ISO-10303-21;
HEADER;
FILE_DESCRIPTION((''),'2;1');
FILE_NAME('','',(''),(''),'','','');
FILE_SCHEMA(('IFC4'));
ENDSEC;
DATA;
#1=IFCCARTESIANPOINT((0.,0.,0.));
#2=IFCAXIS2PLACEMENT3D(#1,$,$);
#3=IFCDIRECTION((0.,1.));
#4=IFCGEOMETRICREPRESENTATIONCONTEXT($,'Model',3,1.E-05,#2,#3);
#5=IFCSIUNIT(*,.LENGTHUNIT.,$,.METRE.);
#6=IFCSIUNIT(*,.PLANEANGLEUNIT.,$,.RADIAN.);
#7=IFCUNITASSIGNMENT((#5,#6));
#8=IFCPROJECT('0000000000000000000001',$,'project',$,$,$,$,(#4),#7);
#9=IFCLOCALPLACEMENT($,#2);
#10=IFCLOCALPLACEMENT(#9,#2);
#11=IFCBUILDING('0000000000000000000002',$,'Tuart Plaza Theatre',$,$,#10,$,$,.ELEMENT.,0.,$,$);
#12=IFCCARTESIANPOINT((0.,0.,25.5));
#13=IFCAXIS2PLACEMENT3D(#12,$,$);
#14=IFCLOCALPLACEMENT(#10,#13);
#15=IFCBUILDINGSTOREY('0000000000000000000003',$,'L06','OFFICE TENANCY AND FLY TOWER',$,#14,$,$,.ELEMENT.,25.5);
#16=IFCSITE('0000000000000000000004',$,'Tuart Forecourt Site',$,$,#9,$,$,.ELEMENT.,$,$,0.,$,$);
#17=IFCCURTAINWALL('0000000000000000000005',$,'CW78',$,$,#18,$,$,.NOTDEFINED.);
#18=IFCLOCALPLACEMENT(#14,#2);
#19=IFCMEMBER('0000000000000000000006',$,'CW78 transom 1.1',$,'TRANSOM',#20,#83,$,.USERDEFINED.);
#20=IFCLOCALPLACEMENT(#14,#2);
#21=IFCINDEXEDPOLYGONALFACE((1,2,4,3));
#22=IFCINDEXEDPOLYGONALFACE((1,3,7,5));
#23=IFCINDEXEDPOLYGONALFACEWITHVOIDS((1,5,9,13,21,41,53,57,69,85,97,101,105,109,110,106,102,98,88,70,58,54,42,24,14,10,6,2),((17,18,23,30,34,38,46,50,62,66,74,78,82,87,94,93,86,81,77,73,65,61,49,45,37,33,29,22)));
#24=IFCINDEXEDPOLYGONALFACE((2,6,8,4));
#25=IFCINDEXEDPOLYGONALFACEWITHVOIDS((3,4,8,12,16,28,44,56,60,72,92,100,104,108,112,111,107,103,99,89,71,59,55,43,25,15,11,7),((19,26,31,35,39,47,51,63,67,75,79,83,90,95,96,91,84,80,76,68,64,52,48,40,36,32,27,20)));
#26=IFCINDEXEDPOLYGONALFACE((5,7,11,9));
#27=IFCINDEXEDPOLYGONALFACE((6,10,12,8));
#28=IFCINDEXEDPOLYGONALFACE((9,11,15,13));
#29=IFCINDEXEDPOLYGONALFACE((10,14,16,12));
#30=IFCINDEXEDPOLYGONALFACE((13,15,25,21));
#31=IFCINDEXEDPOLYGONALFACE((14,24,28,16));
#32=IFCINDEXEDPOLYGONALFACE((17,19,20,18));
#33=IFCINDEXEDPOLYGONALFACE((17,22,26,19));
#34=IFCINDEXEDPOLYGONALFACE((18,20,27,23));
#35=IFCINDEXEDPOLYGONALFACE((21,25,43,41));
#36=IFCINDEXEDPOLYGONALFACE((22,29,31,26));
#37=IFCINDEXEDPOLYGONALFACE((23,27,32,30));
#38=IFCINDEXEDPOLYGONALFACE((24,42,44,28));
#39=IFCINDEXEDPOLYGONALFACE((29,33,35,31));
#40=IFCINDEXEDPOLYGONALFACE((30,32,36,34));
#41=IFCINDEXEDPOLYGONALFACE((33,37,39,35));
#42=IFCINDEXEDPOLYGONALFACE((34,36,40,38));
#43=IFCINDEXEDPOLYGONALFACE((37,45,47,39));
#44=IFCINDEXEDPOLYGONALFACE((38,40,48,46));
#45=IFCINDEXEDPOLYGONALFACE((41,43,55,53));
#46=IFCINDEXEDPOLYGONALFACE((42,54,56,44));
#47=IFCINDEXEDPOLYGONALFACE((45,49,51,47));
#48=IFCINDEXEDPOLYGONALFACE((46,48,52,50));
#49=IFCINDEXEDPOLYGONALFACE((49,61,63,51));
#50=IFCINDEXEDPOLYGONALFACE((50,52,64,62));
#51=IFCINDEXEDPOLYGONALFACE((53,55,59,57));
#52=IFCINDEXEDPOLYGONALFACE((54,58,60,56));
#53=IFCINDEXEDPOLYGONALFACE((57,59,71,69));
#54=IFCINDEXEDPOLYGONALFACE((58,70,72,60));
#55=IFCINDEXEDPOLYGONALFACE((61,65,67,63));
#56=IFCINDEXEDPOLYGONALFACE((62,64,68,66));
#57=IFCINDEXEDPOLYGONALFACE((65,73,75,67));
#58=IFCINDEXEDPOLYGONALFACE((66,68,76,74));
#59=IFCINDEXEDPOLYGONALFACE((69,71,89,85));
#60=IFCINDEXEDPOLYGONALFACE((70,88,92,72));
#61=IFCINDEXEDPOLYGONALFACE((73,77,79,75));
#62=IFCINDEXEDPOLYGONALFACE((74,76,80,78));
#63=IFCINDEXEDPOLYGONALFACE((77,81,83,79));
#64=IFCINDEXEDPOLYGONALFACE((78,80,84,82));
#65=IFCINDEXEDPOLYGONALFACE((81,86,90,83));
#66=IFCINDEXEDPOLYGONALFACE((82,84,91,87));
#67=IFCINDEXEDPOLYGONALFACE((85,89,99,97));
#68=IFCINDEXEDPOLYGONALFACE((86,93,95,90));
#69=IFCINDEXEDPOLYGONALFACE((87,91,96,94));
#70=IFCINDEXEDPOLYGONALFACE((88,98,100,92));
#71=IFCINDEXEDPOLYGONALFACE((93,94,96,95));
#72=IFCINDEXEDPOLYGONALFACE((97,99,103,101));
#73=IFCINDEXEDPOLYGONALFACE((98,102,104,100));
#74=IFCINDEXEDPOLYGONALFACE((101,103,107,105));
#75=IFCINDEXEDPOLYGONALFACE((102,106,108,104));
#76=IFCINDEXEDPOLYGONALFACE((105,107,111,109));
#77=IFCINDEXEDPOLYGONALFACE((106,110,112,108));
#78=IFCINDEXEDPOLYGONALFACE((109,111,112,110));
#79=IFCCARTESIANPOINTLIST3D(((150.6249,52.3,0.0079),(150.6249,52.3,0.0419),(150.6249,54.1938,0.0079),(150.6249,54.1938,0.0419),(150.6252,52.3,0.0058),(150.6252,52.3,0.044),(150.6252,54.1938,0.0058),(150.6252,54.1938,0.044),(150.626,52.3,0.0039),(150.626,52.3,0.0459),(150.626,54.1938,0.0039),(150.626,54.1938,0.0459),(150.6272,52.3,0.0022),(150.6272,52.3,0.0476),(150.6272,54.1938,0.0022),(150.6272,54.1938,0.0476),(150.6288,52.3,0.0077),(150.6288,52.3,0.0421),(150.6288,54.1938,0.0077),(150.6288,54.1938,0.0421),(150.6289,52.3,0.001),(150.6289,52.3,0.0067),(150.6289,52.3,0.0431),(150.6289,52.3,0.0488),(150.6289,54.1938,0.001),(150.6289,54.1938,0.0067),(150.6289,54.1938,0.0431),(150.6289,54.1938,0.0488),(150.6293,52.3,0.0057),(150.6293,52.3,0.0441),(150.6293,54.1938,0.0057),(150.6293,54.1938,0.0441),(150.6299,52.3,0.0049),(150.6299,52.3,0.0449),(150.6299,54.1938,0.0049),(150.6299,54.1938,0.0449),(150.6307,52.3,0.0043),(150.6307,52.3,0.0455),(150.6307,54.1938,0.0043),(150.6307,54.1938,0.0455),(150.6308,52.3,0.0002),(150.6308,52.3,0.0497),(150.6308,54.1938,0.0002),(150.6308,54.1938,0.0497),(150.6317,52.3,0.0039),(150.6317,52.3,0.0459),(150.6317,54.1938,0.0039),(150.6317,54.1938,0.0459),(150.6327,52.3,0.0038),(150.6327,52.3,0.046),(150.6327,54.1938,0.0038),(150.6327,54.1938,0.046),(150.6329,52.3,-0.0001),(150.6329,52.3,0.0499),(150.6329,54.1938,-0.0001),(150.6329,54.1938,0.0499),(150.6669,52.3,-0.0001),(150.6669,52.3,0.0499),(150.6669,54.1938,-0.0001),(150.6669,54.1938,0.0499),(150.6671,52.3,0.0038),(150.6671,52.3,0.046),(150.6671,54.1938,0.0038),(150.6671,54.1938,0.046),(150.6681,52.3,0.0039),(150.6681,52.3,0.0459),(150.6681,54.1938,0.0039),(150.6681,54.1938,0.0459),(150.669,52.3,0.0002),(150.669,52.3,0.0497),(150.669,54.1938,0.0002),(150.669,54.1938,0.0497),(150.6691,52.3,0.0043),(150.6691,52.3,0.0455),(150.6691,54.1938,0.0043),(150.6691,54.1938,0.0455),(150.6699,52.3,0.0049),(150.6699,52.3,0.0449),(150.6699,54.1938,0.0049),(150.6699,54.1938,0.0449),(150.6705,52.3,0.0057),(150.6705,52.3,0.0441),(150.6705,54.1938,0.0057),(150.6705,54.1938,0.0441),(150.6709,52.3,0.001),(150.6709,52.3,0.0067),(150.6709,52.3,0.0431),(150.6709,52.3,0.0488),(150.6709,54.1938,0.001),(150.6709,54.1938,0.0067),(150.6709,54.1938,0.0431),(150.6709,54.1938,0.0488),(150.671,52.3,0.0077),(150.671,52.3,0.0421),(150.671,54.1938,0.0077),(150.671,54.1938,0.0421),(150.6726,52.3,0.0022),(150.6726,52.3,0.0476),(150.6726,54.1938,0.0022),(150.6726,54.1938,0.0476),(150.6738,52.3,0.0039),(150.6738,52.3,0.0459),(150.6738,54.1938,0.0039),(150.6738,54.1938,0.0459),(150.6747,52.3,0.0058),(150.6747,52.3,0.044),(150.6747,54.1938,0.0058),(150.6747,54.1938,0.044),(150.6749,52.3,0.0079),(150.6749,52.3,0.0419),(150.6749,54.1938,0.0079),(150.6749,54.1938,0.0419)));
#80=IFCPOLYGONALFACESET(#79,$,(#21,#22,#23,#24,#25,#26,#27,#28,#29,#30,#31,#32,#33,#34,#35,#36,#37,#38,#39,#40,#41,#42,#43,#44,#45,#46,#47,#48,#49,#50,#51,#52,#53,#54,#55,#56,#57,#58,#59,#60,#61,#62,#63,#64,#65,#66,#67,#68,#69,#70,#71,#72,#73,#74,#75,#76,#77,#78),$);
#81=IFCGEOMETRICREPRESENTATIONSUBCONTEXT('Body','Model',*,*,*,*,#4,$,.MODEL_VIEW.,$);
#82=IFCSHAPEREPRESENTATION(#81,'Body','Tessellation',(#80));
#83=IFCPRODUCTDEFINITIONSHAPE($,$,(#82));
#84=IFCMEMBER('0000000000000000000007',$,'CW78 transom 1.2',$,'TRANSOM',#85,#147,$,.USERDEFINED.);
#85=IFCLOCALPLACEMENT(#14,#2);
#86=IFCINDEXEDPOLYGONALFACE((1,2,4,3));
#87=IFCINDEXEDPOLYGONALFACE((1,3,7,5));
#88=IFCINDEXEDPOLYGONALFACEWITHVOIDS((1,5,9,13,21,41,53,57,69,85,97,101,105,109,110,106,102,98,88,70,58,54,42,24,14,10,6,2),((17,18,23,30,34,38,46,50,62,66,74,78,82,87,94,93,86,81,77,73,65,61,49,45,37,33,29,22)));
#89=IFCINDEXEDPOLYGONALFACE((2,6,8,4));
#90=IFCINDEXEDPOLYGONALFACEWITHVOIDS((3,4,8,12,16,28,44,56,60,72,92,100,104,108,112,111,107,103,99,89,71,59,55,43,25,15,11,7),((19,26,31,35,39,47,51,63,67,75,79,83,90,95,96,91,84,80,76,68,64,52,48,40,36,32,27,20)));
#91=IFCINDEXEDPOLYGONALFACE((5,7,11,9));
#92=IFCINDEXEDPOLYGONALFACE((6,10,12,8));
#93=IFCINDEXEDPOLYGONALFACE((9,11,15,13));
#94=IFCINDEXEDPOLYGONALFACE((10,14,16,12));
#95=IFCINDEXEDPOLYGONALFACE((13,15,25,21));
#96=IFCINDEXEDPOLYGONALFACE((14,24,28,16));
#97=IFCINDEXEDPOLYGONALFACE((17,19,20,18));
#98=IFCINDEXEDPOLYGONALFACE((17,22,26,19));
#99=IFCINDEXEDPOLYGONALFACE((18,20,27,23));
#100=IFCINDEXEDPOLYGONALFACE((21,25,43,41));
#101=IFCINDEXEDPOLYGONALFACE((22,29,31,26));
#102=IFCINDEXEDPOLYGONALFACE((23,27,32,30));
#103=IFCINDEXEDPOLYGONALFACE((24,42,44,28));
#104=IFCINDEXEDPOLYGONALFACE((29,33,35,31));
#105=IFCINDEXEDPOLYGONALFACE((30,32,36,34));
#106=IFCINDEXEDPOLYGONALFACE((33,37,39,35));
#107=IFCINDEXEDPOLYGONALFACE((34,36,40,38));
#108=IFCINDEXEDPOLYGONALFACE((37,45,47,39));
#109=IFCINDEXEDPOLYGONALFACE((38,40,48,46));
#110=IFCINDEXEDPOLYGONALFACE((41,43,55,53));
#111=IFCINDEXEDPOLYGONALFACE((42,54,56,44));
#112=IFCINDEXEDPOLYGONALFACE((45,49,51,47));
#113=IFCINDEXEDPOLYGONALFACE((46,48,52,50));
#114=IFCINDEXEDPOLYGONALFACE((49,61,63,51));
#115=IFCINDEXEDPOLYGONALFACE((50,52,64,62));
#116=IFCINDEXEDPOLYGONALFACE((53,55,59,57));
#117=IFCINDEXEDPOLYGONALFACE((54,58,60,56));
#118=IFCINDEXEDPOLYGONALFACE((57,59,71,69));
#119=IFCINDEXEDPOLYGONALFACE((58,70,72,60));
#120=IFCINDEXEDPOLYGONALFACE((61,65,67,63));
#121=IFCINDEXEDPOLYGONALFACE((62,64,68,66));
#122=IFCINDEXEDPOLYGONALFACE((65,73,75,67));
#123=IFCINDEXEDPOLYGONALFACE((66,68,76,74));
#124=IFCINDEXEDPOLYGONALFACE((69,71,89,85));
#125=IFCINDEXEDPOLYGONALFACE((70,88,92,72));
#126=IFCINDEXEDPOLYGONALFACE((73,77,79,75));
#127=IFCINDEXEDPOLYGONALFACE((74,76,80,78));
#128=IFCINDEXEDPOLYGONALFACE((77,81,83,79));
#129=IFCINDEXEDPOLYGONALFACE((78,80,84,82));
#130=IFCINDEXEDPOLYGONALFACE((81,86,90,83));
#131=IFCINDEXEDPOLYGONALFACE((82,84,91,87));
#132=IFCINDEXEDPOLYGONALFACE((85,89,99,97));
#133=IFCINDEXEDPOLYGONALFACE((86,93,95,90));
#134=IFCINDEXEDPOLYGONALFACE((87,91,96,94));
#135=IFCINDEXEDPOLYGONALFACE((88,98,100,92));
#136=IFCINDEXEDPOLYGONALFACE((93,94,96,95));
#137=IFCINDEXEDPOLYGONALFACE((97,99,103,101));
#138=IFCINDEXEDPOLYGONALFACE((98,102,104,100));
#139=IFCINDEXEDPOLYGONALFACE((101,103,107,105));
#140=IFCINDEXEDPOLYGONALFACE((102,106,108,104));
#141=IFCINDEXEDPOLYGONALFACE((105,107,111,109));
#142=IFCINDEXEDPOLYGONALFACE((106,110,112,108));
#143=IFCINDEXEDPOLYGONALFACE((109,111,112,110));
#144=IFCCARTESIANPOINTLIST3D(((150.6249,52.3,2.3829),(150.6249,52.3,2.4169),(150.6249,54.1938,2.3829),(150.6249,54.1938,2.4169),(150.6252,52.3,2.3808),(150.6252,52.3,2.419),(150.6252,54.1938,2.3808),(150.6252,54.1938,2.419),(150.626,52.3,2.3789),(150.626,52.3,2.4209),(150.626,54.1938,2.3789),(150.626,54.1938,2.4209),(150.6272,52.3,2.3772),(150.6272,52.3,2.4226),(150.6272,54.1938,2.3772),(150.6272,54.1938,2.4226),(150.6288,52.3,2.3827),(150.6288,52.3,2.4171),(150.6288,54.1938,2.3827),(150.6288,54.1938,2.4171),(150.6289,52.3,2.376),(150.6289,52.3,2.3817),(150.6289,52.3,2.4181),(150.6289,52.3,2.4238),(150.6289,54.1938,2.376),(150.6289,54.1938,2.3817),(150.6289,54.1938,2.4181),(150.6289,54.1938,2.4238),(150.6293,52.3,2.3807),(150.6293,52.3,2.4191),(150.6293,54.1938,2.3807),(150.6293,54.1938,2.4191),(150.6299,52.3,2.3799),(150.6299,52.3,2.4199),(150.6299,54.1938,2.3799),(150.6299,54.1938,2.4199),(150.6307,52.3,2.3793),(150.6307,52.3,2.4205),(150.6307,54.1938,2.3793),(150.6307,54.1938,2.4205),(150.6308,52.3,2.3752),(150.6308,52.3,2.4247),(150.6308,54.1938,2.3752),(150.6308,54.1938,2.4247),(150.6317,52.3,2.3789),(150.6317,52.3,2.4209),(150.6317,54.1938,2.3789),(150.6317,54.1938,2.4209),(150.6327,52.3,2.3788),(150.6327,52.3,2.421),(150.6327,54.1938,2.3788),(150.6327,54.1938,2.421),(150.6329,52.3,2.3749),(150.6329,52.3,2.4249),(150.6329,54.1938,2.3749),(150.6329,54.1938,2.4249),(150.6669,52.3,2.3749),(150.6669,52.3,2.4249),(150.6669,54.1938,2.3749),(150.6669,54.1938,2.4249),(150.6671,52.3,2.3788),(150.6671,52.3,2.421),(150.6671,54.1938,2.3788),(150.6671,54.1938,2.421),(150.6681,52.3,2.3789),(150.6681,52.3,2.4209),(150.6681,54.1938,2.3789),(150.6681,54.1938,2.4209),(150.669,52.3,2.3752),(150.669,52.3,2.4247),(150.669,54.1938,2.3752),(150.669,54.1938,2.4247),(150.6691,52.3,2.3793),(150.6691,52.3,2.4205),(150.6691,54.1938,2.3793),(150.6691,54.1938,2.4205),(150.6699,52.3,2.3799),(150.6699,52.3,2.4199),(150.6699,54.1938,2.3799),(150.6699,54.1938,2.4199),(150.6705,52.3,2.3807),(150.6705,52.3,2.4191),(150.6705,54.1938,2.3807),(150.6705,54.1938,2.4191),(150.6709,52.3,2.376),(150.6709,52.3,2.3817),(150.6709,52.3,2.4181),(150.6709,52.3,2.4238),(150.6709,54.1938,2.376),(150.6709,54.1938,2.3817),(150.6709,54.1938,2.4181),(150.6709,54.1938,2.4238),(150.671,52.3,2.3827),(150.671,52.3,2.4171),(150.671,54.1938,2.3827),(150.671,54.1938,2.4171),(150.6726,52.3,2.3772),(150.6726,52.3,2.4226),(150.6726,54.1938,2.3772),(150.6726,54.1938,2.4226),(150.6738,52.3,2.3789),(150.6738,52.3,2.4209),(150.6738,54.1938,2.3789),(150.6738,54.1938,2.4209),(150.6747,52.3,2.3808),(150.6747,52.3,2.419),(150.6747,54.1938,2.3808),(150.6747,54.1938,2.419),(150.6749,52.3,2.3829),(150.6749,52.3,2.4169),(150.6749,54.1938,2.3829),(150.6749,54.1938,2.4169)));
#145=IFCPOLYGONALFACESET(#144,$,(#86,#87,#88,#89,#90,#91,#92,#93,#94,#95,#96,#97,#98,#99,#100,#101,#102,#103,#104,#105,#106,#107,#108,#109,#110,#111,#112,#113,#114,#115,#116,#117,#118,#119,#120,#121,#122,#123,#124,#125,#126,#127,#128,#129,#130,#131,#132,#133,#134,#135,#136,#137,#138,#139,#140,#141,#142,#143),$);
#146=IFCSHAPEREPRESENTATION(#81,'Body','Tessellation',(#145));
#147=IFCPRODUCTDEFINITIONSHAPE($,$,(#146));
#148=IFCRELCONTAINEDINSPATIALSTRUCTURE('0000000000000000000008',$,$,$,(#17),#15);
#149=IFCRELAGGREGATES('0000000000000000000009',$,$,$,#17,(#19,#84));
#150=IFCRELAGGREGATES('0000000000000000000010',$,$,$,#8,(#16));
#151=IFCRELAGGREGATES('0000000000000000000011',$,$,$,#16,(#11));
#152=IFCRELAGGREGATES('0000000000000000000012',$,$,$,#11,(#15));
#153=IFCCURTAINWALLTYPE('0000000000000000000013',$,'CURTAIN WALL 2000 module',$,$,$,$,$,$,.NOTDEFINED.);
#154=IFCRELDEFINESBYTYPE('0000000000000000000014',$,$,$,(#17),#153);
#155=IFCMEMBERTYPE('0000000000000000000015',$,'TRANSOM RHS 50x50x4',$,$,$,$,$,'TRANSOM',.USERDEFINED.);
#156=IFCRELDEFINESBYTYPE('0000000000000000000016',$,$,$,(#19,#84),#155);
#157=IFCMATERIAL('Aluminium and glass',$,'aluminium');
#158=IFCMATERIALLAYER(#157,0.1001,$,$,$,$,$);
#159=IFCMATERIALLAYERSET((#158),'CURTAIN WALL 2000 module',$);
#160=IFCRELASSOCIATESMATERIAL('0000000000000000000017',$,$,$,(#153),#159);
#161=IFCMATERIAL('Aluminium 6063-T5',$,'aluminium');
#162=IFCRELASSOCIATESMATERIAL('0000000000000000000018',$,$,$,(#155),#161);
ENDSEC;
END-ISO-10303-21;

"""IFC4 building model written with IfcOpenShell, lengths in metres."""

from ifc_helpers import new_model, si_unit, direction, frame, origin, origin_2d, place, context, subcontext, project, spatial, hollow_rectangle, extrude, material, layer, layer_set, material_profile, profile_set, type_object, element, aggregate, save


model = new_model("IFC4")

# Units and contexts
model_context = context("Model", 3, precision=1e-05, world=origin(), true_north=direction((0.0, 1.0)))
body_context = subcontext(model_context, "Body", "Model", "MODEL_VIEW")
ifc_project = project(units=[si_unit("LENGTHUNIT", "METRE"), si_unit("PLANEANGLEUNIT", "RADIAN")], contexts=[model_context])

# Site, building, storey
site_placement = place(None, origin())
site = spatial("IfcSite", under=ifc_project, at=site_placement, Name="Tuart Forecourt Site", CompositionType="ELEMENT", RefElevation=0.0)
building_placement = place(site_placement, origin())
building = spatial("IfcBuilding", under=site, at=building_placement, Name="Tuart Plaza Theatre", CompositionType="ELEMENT", ElevationOfRefHeight=0.0)
storey_placement = place(building_placement, frame((0.0, 0.0, 25.5)))
storey = spatial("IfcBuildingStorey", under=building, at=storey_placement, Name="L06", Description="OFFICE TENANCY AND FLY TOWER", CompositionType="ELEMENT", Elevation=25.5)

# Curtain wall
ifc_material_1 = material(Name="Aluminium and glass", Category="aluminium")
ifc_layer_1 = layer(ifc_material_1, 0.1001)
ifc_layer_set_1 = layer_set([ifc_layer_1], Name="CURTAIN WALL 2000 module")
curtain_wall_type = type_object("IfcCurtainWallType", Name="CURTAIN WALL 2000 module", PredefinedType="NOTDEFINED", material=ifc_layer_set_1)
curtain_wall_1_placement = place(storey_placement, origin())
curtain_wall_1 = element("IfcCurtainWall", 1, at=curtain_wall_1_placement, inside=storey, type_object=curtain_wall_type, Name="CW78", PredefinedType="NOTDEFINED")

# Members
ifc_material_2 = material(Name="Aluminium 6063-T5", Category="aluminium")
ifc_material_profile_1 = material_profile(ifc_material_2, hollow_rectangle(XDim=0.05, YDim=0.05, WallThickness=0.0039, InnerFilletRadius=0.0039, OuterFilletRadius=0.0081, at=origin_2d()), Name="RHS 50x50x4")
ifc_profile_set_1 = profile_set([ifc_material_profile_1], Name="Aluminium 6063-T5")
member_type_1 = type_object("IfcMemberType", Name="TRANSOM RHS 50x50x4", ElementType="TRANSOM", PredefinedType="USERDEFINED", material=ifc_profile_set_1)
member_1_placement = place(storey_placement, frame((150.6499, 52.3, 0.0249), z_axis=(0.0, 1.0, 0.0), x_axis=(-1.0, 0.0, 0.0)))
member_1 = element("IfcMember", 2, at=member_1_placement, type_object=member_type_1, Name="CW78 transom 1.1", ObjectType="TRANSOM", PredefinedType="USERDEFINED", context=body_context, shape_type="SweptSolid", body=[
    extrude(hollow_rectangle(XDim=0.05, YDim=0.05, WallThickness=0.0039, InnerFilletRadius=0.0039, OuterFilletRadius=0.0081, at=origin_2d()), origin(), (0.0, 0.0, 1.0), 1.8938),
])
member_2_placement = place(storey_placement, frame((150.6499, 52.3, 2.3999), z_axis=(0.0, 1.0, 0.0), x_axis=(-1.0, 0.0, 0.0)))
member_2 = element("IfcMember", 3, at=member_2_placement, type_object=member_type_1, Name="CW78 transom 1.2", ObjectType="TRANSOM", PredefinedType="USERDEFINED", context=body_context, shape_type="SweptSolid", body=[
    extrude(hollow_rectangle(XDim=0.05, YDim=0.05, WallThickness=0.0039, InnerFilletRadius=0.0039, OuterFilletRadius=0.0081, at=origin_2d()), origin(), (0.0, 0.0, 1.0), 1.8938),
])

aggregate(curtain_wall_1, [member_1, member_2])

save(model, "model.ifc")
